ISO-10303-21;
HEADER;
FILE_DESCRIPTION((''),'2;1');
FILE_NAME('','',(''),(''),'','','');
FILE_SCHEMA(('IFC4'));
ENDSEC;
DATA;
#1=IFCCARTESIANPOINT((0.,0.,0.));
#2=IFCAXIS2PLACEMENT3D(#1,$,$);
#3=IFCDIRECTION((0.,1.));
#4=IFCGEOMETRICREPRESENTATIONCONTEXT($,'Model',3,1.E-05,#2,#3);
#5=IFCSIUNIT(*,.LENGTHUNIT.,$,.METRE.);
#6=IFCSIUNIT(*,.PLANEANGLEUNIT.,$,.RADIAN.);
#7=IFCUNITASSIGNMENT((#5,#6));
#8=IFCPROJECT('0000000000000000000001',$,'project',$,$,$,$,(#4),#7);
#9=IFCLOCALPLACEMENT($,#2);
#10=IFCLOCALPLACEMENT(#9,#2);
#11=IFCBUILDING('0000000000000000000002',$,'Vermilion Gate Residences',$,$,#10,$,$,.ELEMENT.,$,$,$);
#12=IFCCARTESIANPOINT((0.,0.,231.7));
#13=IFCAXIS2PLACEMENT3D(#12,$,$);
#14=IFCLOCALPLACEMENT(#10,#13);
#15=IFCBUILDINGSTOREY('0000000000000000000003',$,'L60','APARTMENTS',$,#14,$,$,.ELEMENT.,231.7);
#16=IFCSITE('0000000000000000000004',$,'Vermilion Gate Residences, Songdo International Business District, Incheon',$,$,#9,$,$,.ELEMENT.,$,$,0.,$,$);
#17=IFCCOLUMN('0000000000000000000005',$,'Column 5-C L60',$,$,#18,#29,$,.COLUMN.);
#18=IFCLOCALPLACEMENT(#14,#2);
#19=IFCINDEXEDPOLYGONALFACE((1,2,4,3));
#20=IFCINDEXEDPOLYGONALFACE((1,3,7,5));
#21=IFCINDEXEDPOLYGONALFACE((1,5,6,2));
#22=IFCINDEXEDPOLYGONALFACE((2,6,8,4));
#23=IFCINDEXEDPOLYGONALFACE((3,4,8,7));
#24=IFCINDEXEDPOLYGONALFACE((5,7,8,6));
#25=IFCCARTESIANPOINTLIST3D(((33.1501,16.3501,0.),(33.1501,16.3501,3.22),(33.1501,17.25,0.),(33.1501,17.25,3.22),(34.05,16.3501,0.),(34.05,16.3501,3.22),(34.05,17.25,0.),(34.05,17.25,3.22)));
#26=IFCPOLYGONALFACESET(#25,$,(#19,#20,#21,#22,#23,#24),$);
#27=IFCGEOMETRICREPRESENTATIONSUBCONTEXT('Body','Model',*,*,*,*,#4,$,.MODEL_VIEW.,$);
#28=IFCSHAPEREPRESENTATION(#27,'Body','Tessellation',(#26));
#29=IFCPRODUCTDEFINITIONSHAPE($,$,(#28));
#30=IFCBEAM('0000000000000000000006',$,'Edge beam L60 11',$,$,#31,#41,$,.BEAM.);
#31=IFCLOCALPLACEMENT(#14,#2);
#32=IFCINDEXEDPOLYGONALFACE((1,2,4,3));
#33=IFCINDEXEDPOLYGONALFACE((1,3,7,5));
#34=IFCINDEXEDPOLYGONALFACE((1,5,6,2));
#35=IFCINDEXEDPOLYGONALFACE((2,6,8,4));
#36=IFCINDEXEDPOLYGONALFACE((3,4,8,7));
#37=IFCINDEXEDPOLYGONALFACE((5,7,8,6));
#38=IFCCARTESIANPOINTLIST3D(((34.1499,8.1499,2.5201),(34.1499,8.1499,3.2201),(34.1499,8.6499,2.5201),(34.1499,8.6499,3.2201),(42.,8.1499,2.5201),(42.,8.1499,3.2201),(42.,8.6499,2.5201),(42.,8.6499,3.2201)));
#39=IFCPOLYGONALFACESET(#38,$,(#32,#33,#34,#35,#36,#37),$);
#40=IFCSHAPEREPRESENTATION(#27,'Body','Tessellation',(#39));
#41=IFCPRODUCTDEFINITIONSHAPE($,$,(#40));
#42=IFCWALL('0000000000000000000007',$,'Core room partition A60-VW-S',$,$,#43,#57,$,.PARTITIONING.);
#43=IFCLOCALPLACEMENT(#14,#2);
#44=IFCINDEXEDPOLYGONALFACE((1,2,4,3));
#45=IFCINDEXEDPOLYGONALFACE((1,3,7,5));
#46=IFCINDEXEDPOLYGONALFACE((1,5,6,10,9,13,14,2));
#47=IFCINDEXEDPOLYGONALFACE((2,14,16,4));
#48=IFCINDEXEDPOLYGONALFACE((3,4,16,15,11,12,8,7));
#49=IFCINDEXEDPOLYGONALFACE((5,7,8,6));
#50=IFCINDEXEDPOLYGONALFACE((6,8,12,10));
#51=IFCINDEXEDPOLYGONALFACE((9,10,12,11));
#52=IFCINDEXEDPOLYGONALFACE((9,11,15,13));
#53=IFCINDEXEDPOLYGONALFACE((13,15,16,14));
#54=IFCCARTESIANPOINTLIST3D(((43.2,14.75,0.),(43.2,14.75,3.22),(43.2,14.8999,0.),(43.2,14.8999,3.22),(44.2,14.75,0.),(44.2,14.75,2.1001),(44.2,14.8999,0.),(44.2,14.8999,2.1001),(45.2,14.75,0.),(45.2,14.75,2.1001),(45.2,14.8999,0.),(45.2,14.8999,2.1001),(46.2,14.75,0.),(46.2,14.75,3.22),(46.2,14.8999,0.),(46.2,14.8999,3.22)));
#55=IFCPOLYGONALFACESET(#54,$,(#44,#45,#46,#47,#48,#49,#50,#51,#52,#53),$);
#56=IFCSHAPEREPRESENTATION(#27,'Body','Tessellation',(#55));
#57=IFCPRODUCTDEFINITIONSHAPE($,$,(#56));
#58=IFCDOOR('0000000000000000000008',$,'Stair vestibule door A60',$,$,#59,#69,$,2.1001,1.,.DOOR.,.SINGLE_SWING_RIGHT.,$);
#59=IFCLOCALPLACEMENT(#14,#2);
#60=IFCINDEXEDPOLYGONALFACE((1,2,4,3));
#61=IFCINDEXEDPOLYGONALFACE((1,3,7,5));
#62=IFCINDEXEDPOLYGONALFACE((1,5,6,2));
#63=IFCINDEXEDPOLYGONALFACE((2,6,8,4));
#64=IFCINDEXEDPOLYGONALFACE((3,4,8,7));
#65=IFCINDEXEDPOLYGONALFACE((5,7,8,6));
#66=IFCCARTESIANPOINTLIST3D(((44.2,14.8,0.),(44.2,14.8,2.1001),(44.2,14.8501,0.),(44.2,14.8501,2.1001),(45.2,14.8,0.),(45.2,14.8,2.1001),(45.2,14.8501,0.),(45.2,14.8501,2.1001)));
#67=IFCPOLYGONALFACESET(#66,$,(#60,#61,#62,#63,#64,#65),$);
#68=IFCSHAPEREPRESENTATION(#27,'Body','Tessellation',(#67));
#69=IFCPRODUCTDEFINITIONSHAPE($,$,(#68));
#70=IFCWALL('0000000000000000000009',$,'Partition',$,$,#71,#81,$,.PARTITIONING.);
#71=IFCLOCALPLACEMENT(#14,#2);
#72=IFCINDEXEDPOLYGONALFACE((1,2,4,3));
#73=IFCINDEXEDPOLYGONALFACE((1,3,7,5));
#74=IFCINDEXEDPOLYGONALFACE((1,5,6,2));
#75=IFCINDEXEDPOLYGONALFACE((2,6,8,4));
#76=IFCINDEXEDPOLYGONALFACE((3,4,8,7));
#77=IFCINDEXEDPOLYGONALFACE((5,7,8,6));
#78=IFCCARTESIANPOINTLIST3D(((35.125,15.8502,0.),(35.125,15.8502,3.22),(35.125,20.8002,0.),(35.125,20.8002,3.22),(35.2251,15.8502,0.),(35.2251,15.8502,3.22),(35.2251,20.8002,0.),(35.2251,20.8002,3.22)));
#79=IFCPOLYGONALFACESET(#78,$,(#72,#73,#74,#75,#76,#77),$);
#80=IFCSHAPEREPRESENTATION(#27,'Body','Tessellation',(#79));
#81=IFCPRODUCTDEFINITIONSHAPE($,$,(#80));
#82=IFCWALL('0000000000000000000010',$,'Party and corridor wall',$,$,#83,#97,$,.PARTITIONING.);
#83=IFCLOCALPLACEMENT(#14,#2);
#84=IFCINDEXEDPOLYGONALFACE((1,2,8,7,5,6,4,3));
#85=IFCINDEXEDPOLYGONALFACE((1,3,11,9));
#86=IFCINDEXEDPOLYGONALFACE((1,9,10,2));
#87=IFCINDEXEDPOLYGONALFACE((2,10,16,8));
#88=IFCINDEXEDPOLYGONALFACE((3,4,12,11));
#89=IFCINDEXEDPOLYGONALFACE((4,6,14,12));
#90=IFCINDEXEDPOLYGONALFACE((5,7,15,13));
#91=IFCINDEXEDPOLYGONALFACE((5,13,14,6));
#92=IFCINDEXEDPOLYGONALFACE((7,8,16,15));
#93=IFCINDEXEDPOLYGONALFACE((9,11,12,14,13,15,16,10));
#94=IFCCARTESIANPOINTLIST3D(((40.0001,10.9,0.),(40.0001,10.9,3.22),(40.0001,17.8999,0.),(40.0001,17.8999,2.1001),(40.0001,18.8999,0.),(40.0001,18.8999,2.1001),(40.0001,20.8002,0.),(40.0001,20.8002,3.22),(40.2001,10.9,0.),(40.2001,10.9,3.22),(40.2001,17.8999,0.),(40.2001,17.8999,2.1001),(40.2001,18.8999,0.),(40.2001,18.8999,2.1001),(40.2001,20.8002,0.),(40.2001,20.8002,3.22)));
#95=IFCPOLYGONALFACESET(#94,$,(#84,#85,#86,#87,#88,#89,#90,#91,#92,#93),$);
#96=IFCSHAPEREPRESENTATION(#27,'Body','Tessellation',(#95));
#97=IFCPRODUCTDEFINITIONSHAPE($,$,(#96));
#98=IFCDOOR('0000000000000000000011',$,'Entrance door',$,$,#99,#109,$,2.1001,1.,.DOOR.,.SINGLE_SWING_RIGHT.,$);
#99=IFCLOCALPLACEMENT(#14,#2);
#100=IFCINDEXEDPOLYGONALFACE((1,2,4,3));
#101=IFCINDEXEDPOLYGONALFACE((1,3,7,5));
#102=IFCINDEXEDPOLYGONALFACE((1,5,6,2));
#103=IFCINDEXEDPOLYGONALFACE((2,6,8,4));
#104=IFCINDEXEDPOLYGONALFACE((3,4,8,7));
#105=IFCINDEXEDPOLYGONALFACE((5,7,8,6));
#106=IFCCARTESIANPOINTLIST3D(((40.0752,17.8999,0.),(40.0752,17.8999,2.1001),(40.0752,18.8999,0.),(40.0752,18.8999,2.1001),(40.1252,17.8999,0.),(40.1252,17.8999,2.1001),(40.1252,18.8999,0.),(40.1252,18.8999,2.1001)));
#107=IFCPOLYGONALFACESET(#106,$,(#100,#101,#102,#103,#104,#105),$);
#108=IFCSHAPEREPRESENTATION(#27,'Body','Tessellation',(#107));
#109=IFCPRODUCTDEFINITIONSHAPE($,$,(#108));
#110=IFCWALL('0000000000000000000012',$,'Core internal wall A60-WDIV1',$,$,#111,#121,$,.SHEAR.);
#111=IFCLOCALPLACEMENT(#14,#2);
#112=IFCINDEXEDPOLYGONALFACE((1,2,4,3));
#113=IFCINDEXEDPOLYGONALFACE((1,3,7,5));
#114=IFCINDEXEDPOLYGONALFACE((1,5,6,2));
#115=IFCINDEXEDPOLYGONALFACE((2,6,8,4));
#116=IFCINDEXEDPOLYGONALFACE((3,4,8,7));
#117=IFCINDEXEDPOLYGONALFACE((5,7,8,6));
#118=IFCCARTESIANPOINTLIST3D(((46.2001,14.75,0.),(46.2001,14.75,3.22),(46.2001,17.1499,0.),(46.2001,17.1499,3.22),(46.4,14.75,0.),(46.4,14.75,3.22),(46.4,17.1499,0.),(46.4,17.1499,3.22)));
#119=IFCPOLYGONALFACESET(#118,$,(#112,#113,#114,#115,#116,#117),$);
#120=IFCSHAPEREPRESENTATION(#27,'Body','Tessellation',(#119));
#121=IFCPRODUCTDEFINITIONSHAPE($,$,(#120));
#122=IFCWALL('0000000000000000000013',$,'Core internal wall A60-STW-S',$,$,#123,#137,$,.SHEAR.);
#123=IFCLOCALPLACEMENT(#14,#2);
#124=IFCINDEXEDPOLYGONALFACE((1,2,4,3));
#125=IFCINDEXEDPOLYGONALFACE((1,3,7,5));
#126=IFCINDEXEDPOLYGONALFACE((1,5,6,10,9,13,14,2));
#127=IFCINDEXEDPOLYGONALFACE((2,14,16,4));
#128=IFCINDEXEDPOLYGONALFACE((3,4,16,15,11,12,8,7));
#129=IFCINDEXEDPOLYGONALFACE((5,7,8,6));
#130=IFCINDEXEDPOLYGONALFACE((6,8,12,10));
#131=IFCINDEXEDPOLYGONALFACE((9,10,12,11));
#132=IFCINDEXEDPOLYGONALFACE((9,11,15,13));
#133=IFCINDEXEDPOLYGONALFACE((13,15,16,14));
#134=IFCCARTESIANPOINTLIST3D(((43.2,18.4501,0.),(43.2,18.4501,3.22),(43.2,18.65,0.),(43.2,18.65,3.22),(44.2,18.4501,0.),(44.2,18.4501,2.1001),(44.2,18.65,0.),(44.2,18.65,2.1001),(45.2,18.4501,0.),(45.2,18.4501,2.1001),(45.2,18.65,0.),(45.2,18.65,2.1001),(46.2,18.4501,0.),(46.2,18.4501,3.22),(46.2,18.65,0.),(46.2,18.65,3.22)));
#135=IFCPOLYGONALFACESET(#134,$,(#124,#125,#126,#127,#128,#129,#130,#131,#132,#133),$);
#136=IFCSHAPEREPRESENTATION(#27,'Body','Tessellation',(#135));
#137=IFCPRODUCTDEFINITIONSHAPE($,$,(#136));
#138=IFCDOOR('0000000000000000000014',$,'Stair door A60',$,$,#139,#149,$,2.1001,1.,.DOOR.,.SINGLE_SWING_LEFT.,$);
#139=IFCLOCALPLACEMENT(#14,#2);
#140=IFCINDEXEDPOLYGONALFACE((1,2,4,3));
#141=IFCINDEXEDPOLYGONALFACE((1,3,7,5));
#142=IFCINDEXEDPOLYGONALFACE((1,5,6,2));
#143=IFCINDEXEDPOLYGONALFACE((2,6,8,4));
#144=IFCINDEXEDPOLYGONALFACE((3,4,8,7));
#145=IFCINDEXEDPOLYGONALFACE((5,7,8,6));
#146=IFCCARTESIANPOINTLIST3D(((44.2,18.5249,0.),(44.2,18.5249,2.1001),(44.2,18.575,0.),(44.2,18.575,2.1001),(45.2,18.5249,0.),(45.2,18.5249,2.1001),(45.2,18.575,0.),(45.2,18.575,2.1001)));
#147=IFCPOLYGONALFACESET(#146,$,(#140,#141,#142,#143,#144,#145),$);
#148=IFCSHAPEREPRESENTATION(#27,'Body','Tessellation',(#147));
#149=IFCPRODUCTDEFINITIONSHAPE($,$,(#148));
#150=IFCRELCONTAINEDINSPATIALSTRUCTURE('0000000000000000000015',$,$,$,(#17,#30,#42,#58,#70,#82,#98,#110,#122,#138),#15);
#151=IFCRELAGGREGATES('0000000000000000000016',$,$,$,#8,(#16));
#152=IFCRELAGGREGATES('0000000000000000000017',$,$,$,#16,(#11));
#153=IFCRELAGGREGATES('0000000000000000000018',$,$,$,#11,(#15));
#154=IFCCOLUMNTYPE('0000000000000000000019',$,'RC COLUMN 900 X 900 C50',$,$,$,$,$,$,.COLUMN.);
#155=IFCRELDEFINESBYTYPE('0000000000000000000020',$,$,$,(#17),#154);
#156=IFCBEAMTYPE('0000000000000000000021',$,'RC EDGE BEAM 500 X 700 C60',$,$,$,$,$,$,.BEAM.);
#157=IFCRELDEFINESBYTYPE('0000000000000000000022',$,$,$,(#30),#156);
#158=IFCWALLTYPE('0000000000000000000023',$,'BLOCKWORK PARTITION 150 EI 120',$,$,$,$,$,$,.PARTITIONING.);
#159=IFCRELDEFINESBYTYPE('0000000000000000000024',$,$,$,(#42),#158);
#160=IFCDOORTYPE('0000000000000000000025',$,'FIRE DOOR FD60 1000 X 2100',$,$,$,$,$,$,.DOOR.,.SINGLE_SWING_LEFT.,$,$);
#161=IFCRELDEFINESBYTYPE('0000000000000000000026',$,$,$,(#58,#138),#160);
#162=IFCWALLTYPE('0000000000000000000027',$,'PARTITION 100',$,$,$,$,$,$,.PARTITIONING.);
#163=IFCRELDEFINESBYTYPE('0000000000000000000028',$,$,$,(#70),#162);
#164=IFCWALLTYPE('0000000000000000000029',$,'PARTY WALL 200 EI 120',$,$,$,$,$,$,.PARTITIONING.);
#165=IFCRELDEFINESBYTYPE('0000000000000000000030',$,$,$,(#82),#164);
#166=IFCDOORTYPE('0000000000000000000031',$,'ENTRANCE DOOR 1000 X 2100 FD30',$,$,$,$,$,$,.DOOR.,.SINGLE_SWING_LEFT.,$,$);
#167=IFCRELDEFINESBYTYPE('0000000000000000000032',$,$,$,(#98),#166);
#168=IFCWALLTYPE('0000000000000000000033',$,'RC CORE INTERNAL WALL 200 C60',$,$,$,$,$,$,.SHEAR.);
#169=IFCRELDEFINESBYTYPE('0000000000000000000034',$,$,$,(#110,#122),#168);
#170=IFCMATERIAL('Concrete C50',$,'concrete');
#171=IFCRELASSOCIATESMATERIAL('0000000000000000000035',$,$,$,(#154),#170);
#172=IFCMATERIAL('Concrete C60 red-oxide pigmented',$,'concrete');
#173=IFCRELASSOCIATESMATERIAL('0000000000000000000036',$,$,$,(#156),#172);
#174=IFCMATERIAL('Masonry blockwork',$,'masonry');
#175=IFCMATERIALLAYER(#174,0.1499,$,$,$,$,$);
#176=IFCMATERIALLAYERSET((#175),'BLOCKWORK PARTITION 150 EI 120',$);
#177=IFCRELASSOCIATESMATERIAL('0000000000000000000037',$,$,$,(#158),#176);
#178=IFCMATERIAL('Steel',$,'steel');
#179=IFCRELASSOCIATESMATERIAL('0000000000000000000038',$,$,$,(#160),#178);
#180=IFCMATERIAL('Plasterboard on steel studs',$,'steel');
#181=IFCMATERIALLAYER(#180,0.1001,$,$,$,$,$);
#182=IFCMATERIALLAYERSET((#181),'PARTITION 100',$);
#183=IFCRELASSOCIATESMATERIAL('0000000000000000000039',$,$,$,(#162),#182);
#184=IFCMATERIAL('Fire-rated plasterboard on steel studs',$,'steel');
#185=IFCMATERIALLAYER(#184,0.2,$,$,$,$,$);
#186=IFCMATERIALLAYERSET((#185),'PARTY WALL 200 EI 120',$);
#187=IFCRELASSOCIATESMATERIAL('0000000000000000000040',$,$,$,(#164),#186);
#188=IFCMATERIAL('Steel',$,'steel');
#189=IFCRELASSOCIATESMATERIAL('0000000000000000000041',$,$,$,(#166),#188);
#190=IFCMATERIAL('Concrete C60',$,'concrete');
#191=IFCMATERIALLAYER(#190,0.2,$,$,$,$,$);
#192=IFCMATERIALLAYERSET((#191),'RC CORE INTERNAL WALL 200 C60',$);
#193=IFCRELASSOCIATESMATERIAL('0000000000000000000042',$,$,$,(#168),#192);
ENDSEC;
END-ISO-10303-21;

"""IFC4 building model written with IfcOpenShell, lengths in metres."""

from ifc_helpers import new_model, si_unit, direction, frame, frame_2d, origin, origin_2d, place, context, subcontext, project, spatial, rectangle, extrude, material, layer, layer_set, material_profile, profile_set, type_object, element, fill, save


model = new_model("IFC4")

# Units and contexts
model_context = context("Model", 3, precision=1e-05, world=origin(), true_north=direction((0.0, 1.0)))
body_context = subcontext(model_context, "Body", "Model", "MODEL_VIEW")
ifc_project = project(units=[si_unit("LENGTHUNIT", "METRE"), si_unit("PLANEANGLEUNIT", "RADIAN")], contexts=[model_context])

# Site, building, storey
site_placement = place(None, origin())
site = spatial("IfcSite", under=ifc_project, at=site_placement, Name="Vermilion Gate Residences, Songdo International Business District, Incheon", CompositionType="ELEMENT", RefElevation=0.0)
building_placement = place(site_placement, origin())
building = spatial("IfcBuilding", under=site, at=building_placement, Name="Vermilion Gate Residences", CompositionType="ELEMENT")
storey_placement = place(building_placement, frame((0.0, 0.0, 231.7)))
storey = spatial("IfcBuildingStorey", under=building, at=storey_placement, Name="L60", Description="APARTMENTS", CompositionType="ELEMENT", Elevation=231.7)

# Column
ifc_material_1 = material(Name="Concrete C50", Category="concrete")
ifc_material_profile_1 = material_profile(ifc_material_1, rectangle(XDim=0.8999, YDim=0.8999, at=origin_2d()), Name="RC-900x900")
ifc_profile_set_1 = profile_set([ifc_material_profile_1], Name="Concrete C50")
column_type = type_object("IfcColumnType", Name="RC COLUMN 900 X 900 C50", PredefinedType="COLUMN", material=ifc_profile_set_1)
column_placement = place(storey_placement, frame((33.6001, 16.8, 0.0), z_axis=(0.0, 0.0, 1.0), x_axis=(1.0, 0.0, 0.0)))
element("IfcColumn", 1, at=column_placement, inside=storey, type_object=column_type, Name="Column 5-C L60", PredefinedType="COLUMN", context=body_context, shape_type="SweptSolid", body=[
    extrude(rectangle(XDim=0.8999, YDim=0.8999, at=origin_2d()), origin(), (0.0, 0.0, 1.0), 3.22),
])

# Beam
ifc_material_2 = material(Name="Concrete C60 red-oxide pigmented", Category="concrete")
ifc_material_profile_2 = material_profile(ifc_material_2, rectangle(XDim=0.5, YDim=0.7, at=origin_2d()), Name="RC-500x700")
ifc_profile_set_2 = profile_set([ifc_material_profile_2], Name="Concrete C60 red-oxide pigmented")
beam_type = type_object("IfcBeamType", Name="RC EDGE BEAM 500 X 700 C60", PredefinedType="BEAM", material=ifc_profile_set_2)
beam_placement = place(storey_placement, frame((34.1499, 8.3999, 2.8701), z_axis=(1.0, 0.0, 0.0), x_axis=(0.0, 1.0, 0.0)))
element("IfcBeam", 2, at=beam_placement, inside=storey, type_object=beam_type, Name="Edge beam L60 11", PredefinedType="BEAM", context=body_context, shape_type="SweptSolid", body=[
    extrude(rectangle(XDim=0.5, YDim=0.7, at=origin_2d()), origin(), (0.0, 0.0, 1.0), 7.8501),
])

# Wall, opening, door
ifc_material_3 = material(Name="Masonry blockwork", Category="masonry")
ifc_layer_1 = layer(ifc_material_3, 0.1499)
ifc_layer_set_1 = layer_set([ifc_layer_1], Name="BLOCKWORK PARTITION 150 EI 120")
wall_type_1 = type_object("IfcWallType", Name="BLOCKWORK PARTITION 150 EI 120", PredefinedType="PARTITIONING", material=ifc_layer_set_1)
wall_1_placement = place(storey_placement, frame((43.2, 14.825, 0.0), z_axis=(0.0, 0.0, 1.0), x_axis=(1.0, 0.0, 0.0)))
wall_1 = element("IfcWall", 3, at=wall_1_placement, inside=storey, type_object=wall_type_1, Name="Core room partition A60-VW-S", PredefinedType="PARTITIONING", context=body_context, shape_type="SweptSolid", body=[
    extrude(rectangle(XDim=3.0, YDim=0.1499, at=frame_2d((1.5, 0.0))), origin(), (0.0, 0.0, 1.0), 3.22),
])
opening_1_placement = place(wall_1_placement, frame((1.0, 0.0, 0.0)))
opening_1 = element("IfcOpeningElement", 4, at=opening_1_placement, cuts=wall_1, PredefinedType="OPENING", context=body_context, shape_type="SweptSolid", body=[
    extrude(rectangle(XDim=1.0, YDim=2.1001, at=frame_2d((0.5, 1.05))), frame((0.0, 0.085, 0.0), z_axis=(0.0, -1.0, 0.0), x_axis=(1.0, 0.0, 0.0)), (0.0, 0.0, 1.0), 0.1699),
])
ifc_material_4 = material(Name="Steel", Category="steel")
door_type_1 = type_object("IfcDoorType", Name="FIRE DOOR FD60 1000 X 2100", OperationType="SINGLE_SWING_LEFT", PredefinedType="DOOR", material=ifc_material_4)
door_1_placement = place(opening_1_placement, frame((1.0, 0.0, 0.0), z_axis=(0.0, 0.0, 1.0), x_axis=(-1.0, 0.0, 0.0)))
door_1 = element("IfcDoor", 5, at=door_1_placement, inside=storey, type_object=door_type_1, Name="Stair vestibule door A60", OperationType="SINGLE_SWING_RIGHT", OverallHeight=2.1001, OverallWidth=1.0, PredefinedType="DOOR", context=body_context, shape_type="SweptSolid", body=[
    extrude(rectangle(XDim=1.0, YDim=2.1001, at=frame_2d((0.5, 1.05))), frame((0.0, 0.0249, 0.0), z_axis=(0.0, -1.0, 0.0), x_axis=(1.0, 0.0, 0.0)), (0.0, 0.0, 1.0), 0.05),
])
fill(opening_1, door_1)

# Wall
ifc_material_5 = material(Name="Plasterboard on steel studs", Category="steel")
ifc_layer_2 = layer(ifc_material_5, 0.1001)
ifc_layer_set_2 = layer_set([ifc_layer_2], Name="PARTITION 100")
wall_type_2 = type_object("IfcWallType", Name="PARTITION 100", PredefinedType="PARTITIONING", material=ifc_layer_set_2)
wall_2_placement = place(storey_placement, frame((35.175, 15.8501, 0.0), z_axis=(0.0, 0.0, 1.0), x_axis=(0.0, 1.0, 0.0)))
element("IfcWall", 6, at=wall_2_placement, inside=storey, type_object=wall_type_2, Name="Partition", PredefinedType="PARTITIONING", context=body_context, shape_type="SweptSolid", body=[
    extrude(rectangle(XDim=4.95, YDim=0.1001, at=frame_2d((2.4751, 0.0))), origin(), (0.0, 0.0, 1.0), 3.22),
])

# Wall, opening, door
ifc_material_6 = material(Name="Fire-rated plasterboard on steel studs", Category="steel")
ifc_layer_3 = layer(ifc_material_6, 0.2)
ifc_layer_set_3 = layer_set([ifc_layer_3], Name="PARTY WALL 200 EI 120")
wall_type_3 = type_object("IfcWallType", Name="PARTY WALL 200 EI 120", PredefinedType="PARTITIONING", material=ifc_layer_set_3)
wall_3_placement = place(storey_placement, frame((40.1001, 10.8999, 0.0), z_axis=(0.0, 0.0, 1.0), x_axis=(0.0, 1.0, 0.0)))
wall_3 = element("IfcWall", 7, at=wall_3_placement, inside=storey, type_object=wall_type_3, Name="Party and corridor wall", PredefinedType="PARTITIONING", context=body_context, shape_type="SweptSolid", body=[
    extrude(rectangle(XDim=9.9001, YDim=0.2, at=frame_2d((4.9502, 0.0))), origin(), (0.0, 0.0, 1.0), 3.22),
])
opening_2_placement = place(wall_3_placement, frame((7.0, 0.0, 0.0)))
opening_2 = element("IfcOpeningElement", 8, at=opening_2_placement, cuts=wall_3, PredefinedType="OPENING", context=body_context, shape_type="SweptSolid", body=[
    extrude(rectangle(XDim=1.0, YDim=2.1001, at=frame_2d((0.5, 1.05))), frame((0.0, 0.1099, 0.0), z_axis=(0.0, -1.0, 0.0), x_axis=(1.0, 0.0, 0.0)), (0.0, 0.0, 1.0), 0.22),
])
ifc_material_7 = material(Name="Steel", Category="steel")
door_type_2 = type_object("IfcDoorType", Name="ENTRANCE DOOR 1000 X 2100 FD30", OperationType="SINGLE_SWING_LEFT", PredefinedType="DOOR", material=ifc_material_7)
door_2_placement = place(opening_2_placement, origin())
door_2 = element("IfcDoor", 9, at=door_2_placement, inside=storey, type_object=door_type_2, Name="Entrance door", OperationType="SINGLE_SWING_RIGHT", OverallHeight=2.1001, OverallWidth=1.0, PredefinedType="DOOR", context=body_context, shape_type="SweptSolid", body=[
    extrude(rectangle(XDim=1.0, YDim=2.1001, at=frame_2d((0.5, 1.05))), frame((0.0, 0.0249, 0.0), z_axis=(0.0, -1.0, 0.0), x_axis=(1.0, 0.0, 0.0)), (0.0, 0.0, 1.0), 0.05),
])
fill(opening_2, door_2)

# Wall
ifc_material_8 = material(Name="Concrete C60", Category="concrete")
ifc_layer_4 = layer(ifc_material_8, 0.2)
ifc_layer_set_4 = layer_set([ifc_layer_4], Name="RC CORE INTERNAL WALL 200 C60")
wall_type_4 = type_object("IfcWallType", Name="RC CORE INTERNAL WALL 200 C60", PredefinedType="SHEAR", material=ifc_layer_set_4)
wall_4_placement = place(storey_placement, frame((46.3, 14.75, 0.0), z_axis=(0.0, 0.0, 1.0), x_axis=(0.0, 1.0, 0.0)))
element("IfcWall", 10, at=wall_4_placement, inside=storey, type_object=wall_type_4, Name="Core internal wall A60-WDIV1", PredefinedType="SHEAR", context=body_context, shape_type="SweptSolid", body=[
    extrude(rectangle(XDim=2.3999, YDim=0.2, at=frame_2d((1.2, 0.0))), origin(), (0.0, 0.0, 1.0), 3.22),
])

# Wall, opening, door
wall_5_placement = place(storey_placement, frame((43.2, 18.55, 0.0), z_axis=(0.0, 0.0, 1.0), x_axis=(1.0, 0.0, 0.0)))
wall_5 = element("IfcWall", 11, at=wall_5_placement, inside=storey, type_object=wall_type_4, Name="Core internal wall A60-STW-S", PredefinedType="SHEAR", context=body_context, shape_type="SweptSolid", body=[
    extrude(rectangle(XDim=3.0, YDim=0.2, at=frame_2d((1.5, 0.0))), origin(), (0.0, 0.0, 1.0), 3.22),
])
opening_3_placement = place(wall_5_placement, frame((1.0, 0.0, 0.0)))
opening_3 = element("IfcOpeningElement", 12, at=opening_3_placement, cuts=wall_5, PredefinedType="OPENING", context=body_context, shape_type="SweptSolid", body=[
    extrude(rectangle(XDim=1.0, YDim=2.1001, at=frame_2d((0.5, 1.05))), frame((0.0, 0.1099, 0.0), z_axis=(0.0, -1.0, 0.0), x_axis=(1.0, 0.0, 0.0)), (0.0, 0.0, 1.0), 0.22),
])
door_3_placement = place(opening_3_placement, origin())
door_3 = element("IfcDoor", 13, at=door_3_placement, inside=storey, type_object=door_type_1, Name="Stair door A60", OperationType="SINGLE_SWING_LEFT", OverallHeight=2.1001, OverallWidth=1.0, PredefinedType="DOOR", context=body_context, shape_type="SweptSolid", body=[
    extrude(rectangle(XDim=1.0, YDim=2.1001, at=frame_2d((0.5, 1.05))), frame((0.0, 0.0249, 0.0), z_axis=(0.0, -1.0, 0.0), x_axis=(1.0, 0.0, 0.0)), (0.0, 0.0, 1.0), 0.05),
])
fill(opening_3, door_3)

save(model, "model.ifc")
